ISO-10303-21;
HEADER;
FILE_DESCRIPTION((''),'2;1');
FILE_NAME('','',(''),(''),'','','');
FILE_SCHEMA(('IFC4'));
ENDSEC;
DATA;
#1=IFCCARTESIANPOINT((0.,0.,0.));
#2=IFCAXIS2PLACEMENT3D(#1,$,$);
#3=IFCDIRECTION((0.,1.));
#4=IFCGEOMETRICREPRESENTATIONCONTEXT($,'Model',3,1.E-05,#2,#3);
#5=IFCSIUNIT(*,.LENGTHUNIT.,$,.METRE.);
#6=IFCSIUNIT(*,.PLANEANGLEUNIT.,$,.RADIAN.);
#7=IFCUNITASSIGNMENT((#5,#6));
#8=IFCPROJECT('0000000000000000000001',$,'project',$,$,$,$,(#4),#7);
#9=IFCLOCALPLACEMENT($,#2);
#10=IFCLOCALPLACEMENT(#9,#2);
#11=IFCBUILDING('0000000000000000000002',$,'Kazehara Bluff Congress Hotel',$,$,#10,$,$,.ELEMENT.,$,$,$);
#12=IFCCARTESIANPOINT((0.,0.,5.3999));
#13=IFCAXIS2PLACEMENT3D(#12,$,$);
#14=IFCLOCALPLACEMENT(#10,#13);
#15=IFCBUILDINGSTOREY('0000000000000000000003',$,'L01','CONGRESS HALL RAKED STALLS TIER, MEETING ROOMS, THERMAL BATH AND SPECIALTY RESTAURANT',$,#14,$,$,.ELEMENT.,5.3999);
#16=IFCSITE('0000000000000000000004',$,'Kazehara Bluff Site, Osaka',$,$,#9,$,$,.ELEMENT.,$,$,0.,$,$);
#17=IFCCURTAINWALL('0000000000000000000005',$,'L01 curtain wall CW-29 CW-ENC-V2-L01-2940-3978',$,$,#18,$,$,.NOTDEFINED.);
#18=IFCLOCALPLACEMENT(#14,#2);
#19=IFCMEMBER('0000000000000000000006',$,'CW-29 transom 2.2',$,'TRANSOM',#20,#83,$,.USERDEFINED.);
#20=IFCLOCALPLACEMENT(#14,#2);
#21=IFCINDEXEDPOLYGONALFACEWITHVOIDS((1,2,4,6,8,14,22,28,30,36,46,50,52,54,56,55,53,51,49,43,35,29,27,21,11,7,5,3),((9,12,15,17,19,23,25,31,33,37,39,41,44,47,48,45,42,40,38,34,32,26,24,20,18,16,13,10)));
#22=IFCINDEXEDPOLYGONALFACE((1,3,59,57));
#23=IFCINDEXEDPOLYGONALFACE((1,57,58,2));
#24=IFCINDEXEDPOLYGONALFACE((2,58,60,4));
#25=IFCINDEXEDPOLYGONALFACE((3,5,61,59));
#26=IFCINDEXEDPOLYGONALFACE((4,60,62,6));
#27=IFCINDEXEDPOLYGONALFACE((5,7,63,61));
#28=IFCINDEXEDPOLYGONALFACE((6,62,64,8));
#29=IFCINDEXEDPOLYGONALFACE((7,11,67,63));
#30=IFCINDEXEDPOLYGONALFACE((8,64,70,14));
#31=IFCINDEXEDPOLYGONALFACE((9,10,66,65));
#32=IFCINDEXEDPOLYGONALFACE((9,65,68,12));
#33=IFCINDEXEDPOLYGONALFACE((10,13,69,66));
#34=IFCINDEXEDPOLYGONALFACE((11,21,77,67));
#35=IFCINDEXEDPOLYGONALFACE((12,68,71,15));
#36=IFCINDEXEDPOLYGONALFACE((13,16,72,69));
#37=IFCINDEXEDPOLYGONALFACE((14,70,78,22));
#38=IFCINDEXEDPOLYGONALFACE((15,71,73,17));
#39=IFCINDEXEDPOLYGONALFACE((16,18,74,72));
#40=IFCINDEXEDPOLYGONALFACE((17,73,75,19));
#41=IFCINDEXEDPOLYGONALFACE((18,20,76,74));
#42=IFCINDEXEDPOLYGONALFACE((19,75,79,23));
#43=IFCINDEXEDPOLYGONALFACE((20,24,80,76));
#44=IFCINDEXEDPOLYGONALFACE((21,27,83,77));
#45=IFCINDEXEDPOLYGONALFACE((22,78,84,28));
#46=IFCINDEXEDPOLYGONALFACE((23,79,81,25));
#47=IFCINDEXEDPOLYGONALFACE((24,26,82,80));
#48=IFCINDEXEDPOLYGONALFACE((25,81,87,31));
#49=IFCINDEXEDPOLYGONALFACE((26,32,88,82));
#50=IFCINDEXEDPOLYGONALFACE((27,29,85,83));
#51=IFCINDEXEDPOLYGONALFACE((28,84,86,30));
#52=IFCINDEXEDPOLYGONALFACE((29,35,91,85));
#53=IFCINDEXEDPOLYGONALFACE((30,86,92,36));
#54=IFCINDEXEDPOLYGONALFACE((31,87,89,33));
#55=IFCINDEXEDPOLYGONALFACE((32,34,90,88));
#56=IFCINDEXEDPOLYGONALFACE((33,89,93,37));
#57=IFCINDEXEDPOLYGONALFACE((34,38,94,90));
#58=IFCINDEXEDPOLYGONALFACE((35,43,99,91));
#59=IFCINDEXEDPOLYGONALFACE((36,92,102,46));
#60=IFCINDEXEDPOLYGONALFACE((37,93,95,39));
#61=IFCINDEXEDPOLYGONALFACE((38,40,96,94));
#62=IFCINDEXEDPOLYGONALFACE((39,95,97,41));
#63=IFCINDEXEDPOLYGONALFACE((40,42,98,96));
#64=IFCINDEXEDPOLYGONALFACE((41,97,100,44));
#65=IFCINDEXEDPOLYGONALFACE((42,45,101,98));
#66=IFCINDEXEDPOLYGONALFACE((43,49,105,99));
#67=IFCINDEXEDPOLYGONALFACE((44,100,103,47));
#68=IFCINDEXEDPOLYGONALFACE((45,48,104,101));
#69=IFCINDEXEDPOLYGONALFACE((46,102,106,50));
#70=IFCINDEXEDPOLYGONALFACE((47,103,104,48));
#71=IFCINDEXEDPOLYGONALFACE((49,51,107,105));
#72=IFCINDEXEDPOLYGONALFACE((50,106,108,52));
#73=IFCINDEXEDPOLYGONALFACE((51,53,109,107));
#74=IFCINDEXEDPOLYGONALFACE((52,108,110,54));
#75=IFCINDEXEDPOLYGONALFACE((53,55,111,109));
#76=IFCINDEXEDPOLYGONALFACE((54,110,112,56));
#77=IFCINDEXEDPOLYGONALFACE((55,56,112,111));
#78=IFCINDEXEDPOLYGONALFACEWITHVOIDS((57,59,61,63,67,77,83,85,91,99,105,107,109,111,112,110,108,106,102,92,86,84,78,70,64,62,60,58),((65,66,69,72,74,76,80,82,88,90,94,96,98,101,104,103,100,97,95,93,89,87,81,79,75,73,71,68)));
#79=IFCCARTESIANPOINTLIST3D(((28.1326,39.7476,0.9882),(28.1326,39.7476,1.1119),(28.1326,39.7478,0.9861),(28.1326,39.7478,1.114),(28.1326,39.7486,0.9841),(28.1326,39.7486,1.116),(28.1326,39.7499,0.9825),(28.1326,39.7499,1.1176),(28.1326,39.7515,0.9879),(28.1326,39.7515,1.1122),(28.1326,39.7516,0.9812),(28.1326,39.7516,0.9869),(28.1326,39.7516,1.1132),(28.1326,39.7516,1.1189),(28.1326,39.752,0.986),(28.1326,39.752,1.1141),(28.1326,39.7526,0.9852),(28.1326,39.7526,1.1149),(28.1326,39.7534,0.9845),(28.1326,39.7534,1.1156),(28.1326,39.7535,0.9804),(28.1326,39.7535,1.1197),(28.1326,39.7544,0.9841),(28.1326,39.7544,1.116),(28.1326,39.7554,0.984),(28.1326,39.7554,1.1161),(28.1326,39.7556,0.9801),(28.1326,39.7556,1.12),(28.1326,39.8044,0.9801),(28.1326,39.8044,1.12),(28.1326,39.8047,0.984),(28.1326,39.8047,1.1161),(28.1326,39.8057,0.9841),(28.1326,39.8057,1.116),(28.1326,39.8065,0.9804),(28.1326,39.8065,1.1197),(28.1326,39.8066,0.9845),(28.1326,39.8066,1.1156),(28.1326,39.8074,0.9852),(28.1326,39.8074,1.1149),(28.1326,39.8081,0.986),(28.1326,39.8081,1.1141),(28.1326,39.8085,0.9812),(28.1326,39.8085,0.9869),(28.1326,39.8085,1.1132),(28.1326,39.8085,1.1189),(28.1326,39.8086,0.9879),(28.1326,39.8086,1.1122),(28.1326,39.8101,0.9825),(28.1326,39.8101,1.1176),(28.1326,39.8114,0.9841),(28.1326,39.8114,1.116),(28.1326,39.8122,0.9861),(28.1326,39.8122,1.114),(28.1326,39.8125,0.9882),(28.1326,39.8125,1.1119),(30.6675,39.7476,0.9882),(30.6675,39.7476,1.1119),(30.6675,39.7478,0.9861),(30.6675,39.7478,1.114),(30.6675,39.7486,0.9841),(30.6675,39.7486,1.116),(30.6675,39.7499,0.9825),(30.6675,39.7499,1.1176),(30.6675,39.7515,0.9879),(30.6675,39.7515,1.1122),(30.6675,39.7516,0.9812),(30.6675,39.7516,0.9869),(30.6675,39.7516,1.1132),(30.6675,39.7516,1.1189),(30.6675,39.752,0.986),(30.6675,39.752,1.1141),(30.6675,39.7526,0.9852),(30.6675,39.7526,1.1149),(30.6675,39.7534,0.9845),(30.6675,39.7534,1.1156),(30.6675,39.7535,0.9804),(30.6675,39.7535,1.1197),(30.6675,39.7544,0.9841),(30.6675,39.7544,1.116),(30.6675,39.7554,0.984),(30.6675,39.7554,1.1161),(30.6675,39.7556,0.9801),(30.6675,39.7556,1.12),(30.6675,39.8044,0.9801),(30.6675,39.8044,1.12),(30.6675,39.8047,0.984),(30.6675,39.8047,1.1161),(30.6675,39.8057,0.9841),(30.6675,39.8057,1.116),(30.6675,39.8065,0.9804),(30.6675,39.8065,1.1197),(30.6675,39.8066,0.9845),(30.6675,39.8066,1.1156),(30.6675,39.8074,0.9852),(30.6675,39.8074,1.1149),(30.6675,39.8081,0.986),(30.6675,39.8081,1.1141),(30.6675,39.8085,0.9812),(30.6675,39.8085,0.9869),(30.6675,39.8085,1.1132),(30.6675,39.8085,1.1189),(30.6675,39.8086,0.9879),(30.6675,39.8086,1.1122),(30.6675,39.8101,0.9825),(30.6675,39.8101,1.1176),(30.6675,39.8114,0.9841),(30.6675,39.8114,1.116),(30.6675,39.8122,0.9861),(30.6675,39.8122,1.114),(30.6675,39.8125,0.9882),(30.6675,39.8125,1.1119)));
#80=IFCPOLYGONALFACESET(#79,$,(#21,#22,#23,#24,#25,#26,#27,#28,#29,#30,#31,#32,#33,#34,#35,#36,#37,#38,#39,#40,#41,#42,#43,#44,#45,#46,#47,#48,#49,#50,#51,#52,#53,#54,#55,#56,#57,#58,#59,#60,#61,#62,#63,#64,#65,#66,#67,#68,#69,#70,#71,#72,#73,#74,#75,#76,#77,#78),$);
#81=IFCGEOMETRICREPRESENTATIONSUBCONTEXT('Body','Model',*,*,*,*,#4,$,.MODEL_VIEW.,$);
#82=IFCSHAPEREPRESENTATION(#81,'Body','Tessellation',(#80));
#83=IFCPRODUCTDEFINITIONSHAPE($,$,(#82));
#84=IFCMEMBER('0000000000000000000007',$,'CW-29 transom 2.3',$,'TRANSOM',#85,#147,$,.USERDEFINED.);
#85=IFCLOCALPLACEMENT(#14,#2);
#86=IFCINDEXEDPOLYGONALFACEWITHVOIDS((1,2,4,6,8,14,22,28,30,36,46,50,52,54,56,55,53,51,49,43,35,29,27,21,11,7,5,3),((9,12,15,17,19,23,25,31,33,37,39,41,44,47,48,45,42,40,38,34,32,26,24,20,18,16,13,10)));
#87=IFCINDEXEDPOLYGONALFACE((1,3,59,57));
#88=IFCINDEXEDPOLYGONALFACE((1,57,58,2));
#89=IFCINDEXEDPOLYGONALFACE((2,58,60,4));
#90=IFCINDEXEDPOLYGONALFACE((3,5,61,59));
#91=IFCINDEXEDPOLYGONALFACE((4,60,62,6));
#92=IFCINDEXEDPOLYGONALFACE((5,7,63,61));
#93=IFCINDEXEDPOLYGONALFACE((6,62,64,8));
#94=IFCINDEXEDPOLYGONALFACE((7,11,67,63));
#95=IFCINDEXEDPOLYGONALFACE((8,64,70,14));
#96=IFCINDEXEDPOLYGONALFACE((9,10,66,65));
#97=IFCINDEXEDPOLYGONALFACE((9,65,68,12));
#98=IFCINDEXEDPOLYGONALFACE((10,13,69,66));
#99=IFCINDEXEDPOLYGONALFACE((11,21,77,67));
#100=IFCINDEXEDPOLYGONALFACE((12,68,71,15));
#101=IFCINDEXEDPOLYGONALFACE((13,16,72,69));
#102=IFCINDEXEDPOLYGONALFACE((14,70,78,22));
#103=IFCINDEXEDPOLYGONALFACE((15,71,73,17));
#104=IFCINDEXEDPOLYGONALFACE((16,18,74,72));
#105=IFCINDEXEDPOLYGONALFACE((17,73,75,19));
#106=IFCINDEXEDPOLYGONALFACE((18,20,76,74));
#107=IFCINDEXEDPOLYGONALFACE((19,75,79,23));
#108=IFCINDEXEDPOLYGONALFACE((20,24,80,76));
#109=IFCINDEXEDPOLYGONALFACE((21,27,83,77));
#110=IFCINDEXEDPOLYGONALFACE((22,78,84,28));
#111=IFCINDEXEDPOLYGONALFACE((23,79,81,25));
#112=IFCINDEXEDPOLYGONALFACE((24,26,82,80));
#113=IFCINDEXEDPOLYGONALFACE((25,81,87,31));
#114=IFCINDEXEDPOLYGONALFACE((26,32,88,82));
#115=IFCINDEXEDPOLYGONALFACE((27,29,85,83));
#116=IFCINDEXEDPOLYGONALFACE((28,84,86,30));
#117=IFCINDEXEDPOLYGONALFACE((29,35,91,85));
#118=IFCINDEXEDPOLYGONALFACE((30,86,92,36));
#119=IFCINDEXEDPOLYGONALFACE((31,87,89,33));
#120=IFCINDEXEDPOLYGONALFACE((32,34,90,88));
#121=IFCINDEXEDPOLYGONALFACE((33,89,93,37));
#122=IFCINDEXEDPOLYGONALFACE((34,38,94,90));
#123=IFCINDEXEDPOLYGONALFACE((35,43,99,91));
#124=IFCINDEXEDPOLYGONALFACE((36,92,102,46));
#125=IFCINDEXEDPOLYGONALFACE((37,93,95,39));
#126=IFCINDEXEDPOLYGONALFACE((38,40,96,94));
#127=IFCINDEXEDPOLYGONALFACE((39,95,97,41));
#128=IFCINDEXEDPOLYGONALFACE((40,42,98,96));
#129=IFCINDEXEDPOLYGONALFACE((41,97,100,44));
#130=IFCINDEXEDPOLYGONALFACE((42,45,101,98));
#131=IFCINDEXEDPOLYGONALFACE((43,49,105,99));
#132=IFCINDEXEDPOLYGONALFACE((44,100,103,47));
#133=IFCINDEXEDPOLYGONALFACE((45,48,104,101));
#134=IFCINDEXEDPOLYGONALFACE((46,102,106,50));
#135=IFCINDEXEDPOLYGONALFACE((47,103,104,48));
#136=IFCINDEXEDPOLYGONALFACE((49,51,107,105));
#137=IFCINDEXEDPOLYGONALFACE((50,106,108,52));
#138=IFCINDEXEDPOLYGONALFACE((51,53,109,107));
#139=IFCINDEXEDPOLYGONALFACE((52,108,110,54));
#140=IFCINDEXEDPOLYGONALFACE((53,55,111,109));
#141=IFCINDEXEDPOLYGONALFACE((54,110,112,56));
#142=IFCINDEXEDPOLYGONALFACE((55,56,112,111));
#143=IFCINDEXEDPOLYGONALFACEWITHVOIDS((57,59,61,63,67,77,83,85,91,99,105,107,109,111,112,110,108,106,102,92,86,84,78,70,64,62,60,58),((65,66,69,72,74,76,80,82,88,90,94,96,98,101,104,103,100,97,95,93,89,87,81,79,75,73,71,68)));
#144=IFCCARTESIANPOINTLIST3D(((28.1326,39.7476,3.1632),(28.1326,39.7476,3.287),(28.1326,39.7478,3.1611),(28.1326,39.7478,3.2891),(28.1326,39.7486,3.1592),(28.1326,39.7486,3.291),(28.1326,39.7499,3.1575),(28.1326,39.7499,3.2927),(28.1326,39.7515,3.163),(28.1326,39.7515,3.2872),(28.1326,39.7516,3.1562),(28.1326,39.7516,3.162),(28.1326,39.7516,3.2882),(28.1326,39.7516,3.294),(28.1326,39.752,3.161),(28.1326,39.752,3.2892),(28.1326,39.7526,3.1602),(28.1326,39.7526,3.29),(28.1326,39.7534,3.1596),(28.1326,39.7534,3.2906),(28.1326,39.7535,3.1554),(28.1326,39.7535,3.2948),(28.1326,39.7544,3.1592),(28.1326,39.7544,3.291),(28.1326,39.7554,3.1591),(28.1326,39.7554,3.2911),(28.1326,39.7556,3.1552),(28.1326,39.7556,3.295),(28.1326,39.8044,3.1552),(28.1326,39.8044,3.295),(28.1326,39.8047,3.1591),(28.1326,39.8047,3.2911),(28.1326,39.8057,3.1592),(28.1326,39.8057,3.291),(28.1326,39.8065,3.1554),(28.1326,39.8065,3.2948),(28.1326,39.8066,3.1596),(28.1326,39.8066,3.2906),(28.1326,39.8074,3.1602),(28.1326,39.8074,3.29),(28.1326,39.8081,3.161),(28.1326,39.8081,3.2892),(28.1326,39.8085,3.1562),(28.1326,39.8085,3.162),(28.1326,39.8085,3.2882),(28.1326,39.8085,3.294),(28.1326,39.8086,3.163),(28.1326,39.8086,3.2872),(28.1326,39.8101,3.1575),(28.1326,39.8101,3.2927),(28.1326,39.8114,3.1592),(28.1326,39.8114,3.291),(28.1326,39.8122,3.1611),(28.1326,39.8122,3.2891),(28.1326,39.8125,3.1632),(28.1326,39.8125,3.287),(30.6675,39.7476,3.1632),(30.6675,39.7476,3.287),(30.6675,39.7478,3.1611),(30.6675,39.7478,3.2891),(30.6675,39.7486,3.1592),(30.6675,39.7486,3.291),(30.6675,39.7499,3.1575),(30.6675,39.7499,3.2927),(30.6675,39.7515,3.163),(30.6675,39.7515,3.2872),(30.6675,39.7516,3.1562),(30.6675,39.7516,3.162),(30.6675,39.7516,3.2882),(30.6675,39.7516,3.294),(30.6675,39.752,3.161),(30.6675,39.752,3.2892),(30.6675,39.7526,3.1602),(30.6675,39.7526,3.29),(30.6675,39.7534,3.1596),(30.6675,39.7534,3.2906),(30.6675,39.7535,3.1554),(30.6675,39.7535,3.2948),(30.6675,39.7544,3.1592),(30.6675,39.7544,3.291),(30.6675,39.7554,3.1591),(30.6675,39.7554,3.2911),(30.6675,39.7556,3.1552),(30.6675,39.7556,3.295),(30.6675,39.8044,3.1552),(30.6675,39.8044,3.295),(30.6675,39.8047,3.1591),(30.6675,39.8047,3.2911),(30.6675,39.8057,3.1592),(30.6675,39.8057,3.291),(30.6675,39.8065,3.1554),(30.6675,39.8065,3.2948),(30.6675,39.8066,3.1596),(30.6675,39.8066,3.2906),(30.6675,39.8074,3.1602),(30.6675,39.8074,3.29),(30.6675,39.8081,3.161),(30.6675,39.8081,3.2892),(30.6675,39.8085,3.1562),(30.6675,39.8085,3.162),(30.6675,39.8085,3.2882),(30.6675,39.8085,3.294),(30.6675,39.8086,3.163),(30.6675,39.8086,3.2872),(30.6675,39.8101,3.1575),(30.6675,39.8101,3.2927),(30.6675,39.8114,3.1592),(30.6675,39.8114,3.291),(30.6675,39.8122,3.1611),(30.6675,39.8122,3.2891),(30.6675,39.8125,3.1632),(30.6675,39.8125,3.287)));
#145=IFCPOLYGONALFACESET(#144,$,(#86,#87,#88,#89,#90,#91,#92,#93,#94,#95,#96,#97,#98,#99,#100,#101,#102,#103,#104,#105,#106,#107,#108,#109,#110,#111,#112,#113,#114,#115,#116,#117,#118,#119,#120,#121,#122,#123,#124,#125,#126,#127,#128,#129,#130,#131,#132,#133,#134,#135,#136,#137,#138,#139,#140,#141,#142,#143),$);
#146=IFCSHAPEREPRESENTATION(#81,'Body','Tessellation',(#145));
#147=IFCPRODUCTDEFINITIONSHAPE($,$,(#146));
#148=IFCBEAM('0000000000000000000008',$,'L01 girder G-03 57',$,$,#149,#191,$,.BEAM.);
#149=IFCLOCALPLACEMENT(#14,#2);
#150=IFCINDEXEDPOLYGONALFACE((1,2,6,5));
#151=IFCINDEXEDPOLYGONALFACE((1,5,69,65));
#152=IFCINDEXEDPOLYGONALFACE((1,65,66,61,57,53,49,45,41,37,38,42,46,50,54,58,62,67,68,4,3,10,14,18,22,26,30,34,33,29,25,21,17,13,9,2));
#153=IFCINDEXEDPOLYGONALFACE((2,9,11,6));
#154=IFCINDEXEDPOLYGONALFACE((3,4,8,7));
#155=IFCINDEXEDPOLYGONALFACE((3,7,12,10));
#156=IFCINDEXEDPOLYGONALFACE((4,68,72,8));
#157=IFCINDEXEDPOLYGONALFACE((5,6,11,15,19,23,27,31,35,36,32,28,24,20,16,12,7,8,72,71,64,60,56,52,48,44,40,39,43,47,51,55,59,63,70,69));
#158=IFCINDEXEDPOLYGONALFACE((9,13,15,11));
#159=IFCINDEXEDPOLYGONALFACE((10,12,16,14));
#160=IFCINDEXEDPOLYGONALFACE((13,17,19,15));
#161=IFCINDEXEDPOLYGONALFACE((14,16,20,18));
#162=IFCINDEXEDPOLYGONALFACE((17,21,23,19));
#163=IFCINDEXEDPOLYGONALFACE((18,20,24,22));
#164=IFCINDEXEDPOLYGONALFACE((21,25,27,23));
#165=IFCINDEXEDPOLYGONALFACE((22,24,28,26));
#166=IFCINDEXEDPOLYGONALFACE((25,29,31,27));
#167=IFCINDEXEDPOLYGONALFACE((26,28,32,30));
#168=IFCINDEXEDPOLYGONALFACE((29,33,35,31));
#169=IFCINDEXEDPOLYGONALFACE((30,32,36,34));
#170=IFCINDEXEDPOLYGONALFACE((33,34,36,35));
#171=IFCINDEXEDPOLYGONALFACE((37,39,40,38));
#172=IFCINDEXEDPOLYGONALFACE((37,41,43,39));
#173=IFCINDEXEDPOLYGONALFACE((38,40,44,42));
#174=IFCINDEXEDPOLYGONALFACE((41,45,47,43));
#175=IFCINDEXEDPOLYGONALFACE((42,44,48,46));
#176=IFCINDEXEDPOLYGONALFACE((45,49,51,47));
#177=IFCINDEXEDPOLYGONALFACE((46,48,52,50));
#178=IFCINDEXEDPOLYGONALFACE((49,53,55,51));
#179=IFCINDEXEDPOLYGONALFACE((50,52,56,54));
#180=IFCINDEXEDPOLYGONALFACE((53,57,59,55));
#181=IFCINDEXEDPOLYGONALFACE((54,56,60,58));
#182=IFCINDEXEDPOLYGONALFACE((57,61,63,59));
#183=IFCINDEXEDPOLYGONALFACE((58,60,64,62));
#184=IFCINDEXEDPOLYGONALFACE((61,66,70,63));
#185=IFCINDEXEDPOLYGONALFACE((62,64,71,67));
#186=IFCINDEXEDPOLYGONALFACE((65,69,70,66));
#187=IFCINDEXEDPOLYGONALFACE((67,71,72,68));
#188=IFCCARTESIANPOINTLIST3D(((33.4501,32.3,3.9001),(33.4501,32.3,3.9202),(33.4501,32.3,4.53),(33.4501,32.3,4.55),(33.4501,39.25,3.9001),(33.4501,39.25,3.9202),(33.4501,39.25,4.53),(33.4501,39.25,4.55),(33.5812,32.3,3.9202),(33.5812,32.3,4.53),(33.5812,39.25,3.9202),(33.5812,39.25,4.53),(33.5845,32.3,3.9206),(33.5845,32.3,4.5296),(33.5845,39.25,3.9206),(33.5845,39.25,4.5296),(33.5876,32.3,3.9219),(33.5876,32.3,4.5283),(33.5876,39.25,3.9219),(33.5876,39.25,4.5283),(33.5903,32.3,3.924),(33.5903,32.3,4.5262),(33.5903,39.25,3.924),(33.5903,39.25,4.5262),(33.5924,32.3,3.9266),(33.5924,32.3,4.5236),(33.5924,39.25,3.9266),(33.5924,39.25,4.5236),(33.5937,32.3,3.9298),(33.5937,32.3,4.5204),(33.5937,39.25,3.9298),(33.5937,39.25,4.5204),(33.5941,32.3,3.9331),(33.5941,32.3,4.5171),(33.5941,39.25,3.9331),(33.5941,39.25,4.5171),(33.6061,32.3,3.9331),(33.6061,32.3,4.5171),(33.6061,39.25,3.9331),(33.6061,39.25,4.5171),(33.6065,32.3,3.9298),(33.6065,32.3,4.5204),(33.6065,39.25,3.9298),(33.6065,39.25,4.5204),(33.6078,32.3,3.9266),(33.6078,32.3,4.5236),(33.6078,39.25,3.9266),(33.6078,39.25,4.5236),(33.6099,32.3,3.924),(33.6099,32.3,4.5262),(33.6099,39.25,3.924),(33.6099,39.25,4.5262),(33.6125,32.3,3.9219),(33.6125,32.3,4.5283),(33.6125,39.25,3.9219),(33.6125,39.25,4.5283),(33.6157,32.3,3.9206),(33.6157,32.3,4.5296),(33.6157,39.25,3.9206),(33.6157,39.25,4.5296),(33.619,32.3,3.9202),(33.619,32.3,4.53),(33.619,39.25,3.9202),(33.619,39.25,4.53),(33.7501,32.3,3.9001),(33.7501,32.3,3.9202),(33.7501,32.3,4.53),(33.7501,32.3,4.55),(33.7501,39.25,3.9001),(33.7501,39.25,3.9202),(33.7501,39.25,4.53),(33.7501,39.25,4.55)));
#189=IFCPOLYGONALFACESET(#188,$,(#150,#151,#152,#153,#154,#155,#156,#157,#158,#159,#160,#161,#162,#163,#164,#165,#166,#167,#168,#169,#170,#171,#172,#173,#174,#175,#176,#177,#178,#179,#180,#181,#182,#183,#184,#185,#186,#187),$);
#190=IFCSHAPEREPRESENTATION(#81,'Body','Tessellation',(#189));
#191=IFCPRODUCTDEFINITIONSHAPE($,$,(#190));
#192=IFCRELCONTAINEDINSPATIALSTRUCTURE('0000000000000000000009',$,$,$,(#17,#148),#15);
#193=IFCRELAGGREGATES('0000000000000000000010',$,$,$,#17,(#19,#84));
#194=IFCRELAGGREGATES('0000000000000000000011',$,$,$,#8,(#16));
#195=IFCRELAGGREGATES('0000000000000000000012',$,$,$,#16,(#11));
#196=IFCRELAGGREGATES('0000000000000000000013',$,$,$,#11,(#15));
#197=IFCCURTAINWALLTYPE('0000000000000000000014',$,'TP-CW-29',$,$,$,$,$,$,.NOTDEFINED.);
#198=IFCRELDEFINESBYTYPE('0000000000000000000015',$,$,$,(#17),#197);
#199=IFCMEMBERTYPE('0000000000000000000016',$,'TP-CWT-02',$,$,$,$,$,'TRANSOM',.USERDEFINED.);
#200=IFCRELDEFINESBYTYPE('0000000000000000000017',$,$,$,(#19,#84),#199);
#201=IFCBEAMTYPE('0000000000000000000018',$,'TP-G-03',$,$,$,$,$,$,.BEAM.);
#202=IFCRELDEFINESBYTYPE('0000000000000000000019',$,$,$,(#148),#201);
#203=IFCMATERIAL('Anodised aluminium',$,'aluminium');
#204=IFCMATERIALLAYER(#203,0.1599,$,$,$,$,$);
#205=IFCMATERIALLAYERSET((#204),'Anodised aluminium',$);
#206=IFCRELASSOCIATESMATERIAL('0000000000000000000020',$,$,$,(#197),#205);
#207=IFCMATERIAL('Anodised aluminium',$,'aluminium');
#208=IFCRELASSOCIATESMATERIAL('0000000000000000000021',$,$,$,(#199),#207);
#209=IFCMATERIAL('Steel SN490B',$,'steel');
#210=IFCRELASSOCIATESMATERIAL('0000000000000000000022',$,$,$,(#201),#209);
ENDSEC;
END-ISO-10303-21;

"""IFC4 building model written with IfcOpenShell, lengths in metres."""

from ifc_helpers import new_model, si_unit, direction, frame, origin, origin_2d, place, context, subcontext, project, spatial, hollow_rectangle, i_section, extrude, material, layer, layer_set, material_profile, profile_set, type_object, element, aggregate, save


model = new_model("IFC4")

# Units and contexts
model_context = context("Model", 3, precision=1e-05, world=origin(), true_north=direction((0.0, 1.0)))
body_context = subcontext(model_context, "Body", "Model", "MODEL_VIEW")
ifc_project = project(units=[si_unit("LENGTHUNIT", "METRE"), si_unit("PLANEANGLEUNIT", "RADIAN")], contexts=[model_context])

# Site, building, storey
site_placement = place(None, origin())
site = spatial("IfcSite", under=ifc_project, at=site_placement, Name="Kazehara Bluff Site, Osaka", CompositionType="ELEMENT", RefElevation=0.0)
building_placement = place(site_placement, origin())
building = spatial("IfcBuilding", under=site, at=building_placement, Name="Kazehara Bluff Congress Hotel", CompositionType="ELEMENT")
storey_placement = place(building_placement, frame((0.0, 0.0, 5.3999)))
storey = spatial("IfcBuildingStorey", under=building, at=storey_placement, Name="L01", Description="CONGRESS HALL RAKED STALLS TIER, MEETING ROOMS, THERMAL BATH AND SPECIALTY RESTAURANT", CompositionType="ELEMENT", Elevation=5.3999)

# Curtain wall
ifc_material_1 = material(Name="Anodised aluminium", Category="aluminium")
ifc_layer_1 = layer(ifc_material_1, 0.1599)
ifc_layer_set_1 = layer_set([ifc_layer_1], Name="Anodised aluminium")
curtain_wall_type_1 = type_object("IfcCurtainWallType", Name="TP-CW-29", PredefinedType="NOTDEFINED", material=ifc_layer_set_1)
curtain_wall_1_placement = place(storey_placement, origin())
curtain_wall_1 = element("IfcCurtainWall", 1, at=curtain_wall_1_placement, inside=storey, type_object=curtain_wall_type_1, Name="L01 curtain wall CW-29 CW-ENC-V2-L01-2940-3978", PredefinedType="NOTDEFINED")

# Members
ifc_material_2 = material(Name="Anodised aluminium", Category="aluminium")
ifc_material_profile_1 = material_profile(ifc_material_2, hollow_rectangle(XDim=0.0649, YDim=0.1399, WallThickness=0.0039, InnerFilletRadius=0.0039, OuterFilletRadius=0.0081, at=origin_2d()))
ifc_profile_set_1 = profile_set([ifc_material_profile_1], Name="Anodised aluminium")
member_type_1 = type_object("IfcMemberType", Name="TP-CWT-02", ElementType="TRANSOM", PredefinedType="USERDEFINED", material=ifc_profile_set_1)
member_1_placement = place(storey_placement, frame((28.1326, 39.78, 1.05), z_axis=(1.0, 0.0, 0.0), x_axis=(0.0, 1.0, 0.0)))
member_1 = element("IfcMember", 2, at=member_1_placement, type_object=member_type_1, Name="CW-29 transom 2.2", ObjectType="TRANSOM", PredefinedType="USERDEFINED", context=body_context, shape_type="SweptSolid", body=[
    extrude(hollow_rectangle(XDim=0.0649, YDim=0.1399, WallThickness=0.0039, InnerFilletRadius=0.0039, OuterFilletRadius=0.0081, at=origin_2d()), origin(), (0.0, 0.0, 1.0), 2.5349),
])
member_2_placement = place(storey_placement, frame((28.1326, 39.78, 3.2251), z_axis=(1.0, 0.0, 0.0), x_axis=(0.0, 1.0, 0.0)))
member_2 = element("IfcMember", 3, at=member_2_placement, type_object=member_type_1, Name="CW-29 transom 2.3", ObjectType="TRANSOM", PredefinedType="USERDEFINED", context=body_context, shape_type="SweptSolid", body=[
    extrude(hollow_rectangle(XDim=0.0649, YDim=0.1399, WallThickness=0.0039, InnerFilletRadius=0.0039, OuterFilletRadius=0.0081, at=origin_2d()), origin(), (0.0, 0.0, 1.0), 2.5349),
])

# Beam
ifc_material_3 = material(Name="Steel SN490B", Category="steel")
ifc_material_profile_2 = material_profile(ifc_material_3, i_section(OverallWidth=0.3, OverallDepth=0.6499, WebThickness=0.012, FlangeThickness=0.02, FilletRadius=0.0129, at=origin_2d()))
ifc_profile_set_2 = profile_set([ifc_material_profile_2], Name="Steel SN490B")
beam_type_1 = type_object("IfcBeamType", Name="TP-G-03", PredefinedType="BEAM", material=ifc_profile_set_2)
beam_1_placement = place(storey_placement, frame((33.6001, 32.3, 4.2251), z_axis=(0.0, 1.0, 0.0), x_axis=(-1.0, 0.0, 0.0)))
element("IfcBeam", 4, at=beam_1_placement, inside=storey, type_object=beam_type_1, Name="L01 girder G-03 57", PredefinedType="BEAM", context=body_context, shape_type="SweptSolid", body=[
    extrude(i_section(OverallWidth=0.3, OverallDepth=0.6499, WebThickness=0.012, FlangeThickness=0.02, FilletRadius=0.0129, at=origin_2d()), origin(), (0.0, 0.0, 1.0), 6.95),
])

aggregate(curtain_wall_1, [member_1, member_2])

save(model, "model.ifc")
